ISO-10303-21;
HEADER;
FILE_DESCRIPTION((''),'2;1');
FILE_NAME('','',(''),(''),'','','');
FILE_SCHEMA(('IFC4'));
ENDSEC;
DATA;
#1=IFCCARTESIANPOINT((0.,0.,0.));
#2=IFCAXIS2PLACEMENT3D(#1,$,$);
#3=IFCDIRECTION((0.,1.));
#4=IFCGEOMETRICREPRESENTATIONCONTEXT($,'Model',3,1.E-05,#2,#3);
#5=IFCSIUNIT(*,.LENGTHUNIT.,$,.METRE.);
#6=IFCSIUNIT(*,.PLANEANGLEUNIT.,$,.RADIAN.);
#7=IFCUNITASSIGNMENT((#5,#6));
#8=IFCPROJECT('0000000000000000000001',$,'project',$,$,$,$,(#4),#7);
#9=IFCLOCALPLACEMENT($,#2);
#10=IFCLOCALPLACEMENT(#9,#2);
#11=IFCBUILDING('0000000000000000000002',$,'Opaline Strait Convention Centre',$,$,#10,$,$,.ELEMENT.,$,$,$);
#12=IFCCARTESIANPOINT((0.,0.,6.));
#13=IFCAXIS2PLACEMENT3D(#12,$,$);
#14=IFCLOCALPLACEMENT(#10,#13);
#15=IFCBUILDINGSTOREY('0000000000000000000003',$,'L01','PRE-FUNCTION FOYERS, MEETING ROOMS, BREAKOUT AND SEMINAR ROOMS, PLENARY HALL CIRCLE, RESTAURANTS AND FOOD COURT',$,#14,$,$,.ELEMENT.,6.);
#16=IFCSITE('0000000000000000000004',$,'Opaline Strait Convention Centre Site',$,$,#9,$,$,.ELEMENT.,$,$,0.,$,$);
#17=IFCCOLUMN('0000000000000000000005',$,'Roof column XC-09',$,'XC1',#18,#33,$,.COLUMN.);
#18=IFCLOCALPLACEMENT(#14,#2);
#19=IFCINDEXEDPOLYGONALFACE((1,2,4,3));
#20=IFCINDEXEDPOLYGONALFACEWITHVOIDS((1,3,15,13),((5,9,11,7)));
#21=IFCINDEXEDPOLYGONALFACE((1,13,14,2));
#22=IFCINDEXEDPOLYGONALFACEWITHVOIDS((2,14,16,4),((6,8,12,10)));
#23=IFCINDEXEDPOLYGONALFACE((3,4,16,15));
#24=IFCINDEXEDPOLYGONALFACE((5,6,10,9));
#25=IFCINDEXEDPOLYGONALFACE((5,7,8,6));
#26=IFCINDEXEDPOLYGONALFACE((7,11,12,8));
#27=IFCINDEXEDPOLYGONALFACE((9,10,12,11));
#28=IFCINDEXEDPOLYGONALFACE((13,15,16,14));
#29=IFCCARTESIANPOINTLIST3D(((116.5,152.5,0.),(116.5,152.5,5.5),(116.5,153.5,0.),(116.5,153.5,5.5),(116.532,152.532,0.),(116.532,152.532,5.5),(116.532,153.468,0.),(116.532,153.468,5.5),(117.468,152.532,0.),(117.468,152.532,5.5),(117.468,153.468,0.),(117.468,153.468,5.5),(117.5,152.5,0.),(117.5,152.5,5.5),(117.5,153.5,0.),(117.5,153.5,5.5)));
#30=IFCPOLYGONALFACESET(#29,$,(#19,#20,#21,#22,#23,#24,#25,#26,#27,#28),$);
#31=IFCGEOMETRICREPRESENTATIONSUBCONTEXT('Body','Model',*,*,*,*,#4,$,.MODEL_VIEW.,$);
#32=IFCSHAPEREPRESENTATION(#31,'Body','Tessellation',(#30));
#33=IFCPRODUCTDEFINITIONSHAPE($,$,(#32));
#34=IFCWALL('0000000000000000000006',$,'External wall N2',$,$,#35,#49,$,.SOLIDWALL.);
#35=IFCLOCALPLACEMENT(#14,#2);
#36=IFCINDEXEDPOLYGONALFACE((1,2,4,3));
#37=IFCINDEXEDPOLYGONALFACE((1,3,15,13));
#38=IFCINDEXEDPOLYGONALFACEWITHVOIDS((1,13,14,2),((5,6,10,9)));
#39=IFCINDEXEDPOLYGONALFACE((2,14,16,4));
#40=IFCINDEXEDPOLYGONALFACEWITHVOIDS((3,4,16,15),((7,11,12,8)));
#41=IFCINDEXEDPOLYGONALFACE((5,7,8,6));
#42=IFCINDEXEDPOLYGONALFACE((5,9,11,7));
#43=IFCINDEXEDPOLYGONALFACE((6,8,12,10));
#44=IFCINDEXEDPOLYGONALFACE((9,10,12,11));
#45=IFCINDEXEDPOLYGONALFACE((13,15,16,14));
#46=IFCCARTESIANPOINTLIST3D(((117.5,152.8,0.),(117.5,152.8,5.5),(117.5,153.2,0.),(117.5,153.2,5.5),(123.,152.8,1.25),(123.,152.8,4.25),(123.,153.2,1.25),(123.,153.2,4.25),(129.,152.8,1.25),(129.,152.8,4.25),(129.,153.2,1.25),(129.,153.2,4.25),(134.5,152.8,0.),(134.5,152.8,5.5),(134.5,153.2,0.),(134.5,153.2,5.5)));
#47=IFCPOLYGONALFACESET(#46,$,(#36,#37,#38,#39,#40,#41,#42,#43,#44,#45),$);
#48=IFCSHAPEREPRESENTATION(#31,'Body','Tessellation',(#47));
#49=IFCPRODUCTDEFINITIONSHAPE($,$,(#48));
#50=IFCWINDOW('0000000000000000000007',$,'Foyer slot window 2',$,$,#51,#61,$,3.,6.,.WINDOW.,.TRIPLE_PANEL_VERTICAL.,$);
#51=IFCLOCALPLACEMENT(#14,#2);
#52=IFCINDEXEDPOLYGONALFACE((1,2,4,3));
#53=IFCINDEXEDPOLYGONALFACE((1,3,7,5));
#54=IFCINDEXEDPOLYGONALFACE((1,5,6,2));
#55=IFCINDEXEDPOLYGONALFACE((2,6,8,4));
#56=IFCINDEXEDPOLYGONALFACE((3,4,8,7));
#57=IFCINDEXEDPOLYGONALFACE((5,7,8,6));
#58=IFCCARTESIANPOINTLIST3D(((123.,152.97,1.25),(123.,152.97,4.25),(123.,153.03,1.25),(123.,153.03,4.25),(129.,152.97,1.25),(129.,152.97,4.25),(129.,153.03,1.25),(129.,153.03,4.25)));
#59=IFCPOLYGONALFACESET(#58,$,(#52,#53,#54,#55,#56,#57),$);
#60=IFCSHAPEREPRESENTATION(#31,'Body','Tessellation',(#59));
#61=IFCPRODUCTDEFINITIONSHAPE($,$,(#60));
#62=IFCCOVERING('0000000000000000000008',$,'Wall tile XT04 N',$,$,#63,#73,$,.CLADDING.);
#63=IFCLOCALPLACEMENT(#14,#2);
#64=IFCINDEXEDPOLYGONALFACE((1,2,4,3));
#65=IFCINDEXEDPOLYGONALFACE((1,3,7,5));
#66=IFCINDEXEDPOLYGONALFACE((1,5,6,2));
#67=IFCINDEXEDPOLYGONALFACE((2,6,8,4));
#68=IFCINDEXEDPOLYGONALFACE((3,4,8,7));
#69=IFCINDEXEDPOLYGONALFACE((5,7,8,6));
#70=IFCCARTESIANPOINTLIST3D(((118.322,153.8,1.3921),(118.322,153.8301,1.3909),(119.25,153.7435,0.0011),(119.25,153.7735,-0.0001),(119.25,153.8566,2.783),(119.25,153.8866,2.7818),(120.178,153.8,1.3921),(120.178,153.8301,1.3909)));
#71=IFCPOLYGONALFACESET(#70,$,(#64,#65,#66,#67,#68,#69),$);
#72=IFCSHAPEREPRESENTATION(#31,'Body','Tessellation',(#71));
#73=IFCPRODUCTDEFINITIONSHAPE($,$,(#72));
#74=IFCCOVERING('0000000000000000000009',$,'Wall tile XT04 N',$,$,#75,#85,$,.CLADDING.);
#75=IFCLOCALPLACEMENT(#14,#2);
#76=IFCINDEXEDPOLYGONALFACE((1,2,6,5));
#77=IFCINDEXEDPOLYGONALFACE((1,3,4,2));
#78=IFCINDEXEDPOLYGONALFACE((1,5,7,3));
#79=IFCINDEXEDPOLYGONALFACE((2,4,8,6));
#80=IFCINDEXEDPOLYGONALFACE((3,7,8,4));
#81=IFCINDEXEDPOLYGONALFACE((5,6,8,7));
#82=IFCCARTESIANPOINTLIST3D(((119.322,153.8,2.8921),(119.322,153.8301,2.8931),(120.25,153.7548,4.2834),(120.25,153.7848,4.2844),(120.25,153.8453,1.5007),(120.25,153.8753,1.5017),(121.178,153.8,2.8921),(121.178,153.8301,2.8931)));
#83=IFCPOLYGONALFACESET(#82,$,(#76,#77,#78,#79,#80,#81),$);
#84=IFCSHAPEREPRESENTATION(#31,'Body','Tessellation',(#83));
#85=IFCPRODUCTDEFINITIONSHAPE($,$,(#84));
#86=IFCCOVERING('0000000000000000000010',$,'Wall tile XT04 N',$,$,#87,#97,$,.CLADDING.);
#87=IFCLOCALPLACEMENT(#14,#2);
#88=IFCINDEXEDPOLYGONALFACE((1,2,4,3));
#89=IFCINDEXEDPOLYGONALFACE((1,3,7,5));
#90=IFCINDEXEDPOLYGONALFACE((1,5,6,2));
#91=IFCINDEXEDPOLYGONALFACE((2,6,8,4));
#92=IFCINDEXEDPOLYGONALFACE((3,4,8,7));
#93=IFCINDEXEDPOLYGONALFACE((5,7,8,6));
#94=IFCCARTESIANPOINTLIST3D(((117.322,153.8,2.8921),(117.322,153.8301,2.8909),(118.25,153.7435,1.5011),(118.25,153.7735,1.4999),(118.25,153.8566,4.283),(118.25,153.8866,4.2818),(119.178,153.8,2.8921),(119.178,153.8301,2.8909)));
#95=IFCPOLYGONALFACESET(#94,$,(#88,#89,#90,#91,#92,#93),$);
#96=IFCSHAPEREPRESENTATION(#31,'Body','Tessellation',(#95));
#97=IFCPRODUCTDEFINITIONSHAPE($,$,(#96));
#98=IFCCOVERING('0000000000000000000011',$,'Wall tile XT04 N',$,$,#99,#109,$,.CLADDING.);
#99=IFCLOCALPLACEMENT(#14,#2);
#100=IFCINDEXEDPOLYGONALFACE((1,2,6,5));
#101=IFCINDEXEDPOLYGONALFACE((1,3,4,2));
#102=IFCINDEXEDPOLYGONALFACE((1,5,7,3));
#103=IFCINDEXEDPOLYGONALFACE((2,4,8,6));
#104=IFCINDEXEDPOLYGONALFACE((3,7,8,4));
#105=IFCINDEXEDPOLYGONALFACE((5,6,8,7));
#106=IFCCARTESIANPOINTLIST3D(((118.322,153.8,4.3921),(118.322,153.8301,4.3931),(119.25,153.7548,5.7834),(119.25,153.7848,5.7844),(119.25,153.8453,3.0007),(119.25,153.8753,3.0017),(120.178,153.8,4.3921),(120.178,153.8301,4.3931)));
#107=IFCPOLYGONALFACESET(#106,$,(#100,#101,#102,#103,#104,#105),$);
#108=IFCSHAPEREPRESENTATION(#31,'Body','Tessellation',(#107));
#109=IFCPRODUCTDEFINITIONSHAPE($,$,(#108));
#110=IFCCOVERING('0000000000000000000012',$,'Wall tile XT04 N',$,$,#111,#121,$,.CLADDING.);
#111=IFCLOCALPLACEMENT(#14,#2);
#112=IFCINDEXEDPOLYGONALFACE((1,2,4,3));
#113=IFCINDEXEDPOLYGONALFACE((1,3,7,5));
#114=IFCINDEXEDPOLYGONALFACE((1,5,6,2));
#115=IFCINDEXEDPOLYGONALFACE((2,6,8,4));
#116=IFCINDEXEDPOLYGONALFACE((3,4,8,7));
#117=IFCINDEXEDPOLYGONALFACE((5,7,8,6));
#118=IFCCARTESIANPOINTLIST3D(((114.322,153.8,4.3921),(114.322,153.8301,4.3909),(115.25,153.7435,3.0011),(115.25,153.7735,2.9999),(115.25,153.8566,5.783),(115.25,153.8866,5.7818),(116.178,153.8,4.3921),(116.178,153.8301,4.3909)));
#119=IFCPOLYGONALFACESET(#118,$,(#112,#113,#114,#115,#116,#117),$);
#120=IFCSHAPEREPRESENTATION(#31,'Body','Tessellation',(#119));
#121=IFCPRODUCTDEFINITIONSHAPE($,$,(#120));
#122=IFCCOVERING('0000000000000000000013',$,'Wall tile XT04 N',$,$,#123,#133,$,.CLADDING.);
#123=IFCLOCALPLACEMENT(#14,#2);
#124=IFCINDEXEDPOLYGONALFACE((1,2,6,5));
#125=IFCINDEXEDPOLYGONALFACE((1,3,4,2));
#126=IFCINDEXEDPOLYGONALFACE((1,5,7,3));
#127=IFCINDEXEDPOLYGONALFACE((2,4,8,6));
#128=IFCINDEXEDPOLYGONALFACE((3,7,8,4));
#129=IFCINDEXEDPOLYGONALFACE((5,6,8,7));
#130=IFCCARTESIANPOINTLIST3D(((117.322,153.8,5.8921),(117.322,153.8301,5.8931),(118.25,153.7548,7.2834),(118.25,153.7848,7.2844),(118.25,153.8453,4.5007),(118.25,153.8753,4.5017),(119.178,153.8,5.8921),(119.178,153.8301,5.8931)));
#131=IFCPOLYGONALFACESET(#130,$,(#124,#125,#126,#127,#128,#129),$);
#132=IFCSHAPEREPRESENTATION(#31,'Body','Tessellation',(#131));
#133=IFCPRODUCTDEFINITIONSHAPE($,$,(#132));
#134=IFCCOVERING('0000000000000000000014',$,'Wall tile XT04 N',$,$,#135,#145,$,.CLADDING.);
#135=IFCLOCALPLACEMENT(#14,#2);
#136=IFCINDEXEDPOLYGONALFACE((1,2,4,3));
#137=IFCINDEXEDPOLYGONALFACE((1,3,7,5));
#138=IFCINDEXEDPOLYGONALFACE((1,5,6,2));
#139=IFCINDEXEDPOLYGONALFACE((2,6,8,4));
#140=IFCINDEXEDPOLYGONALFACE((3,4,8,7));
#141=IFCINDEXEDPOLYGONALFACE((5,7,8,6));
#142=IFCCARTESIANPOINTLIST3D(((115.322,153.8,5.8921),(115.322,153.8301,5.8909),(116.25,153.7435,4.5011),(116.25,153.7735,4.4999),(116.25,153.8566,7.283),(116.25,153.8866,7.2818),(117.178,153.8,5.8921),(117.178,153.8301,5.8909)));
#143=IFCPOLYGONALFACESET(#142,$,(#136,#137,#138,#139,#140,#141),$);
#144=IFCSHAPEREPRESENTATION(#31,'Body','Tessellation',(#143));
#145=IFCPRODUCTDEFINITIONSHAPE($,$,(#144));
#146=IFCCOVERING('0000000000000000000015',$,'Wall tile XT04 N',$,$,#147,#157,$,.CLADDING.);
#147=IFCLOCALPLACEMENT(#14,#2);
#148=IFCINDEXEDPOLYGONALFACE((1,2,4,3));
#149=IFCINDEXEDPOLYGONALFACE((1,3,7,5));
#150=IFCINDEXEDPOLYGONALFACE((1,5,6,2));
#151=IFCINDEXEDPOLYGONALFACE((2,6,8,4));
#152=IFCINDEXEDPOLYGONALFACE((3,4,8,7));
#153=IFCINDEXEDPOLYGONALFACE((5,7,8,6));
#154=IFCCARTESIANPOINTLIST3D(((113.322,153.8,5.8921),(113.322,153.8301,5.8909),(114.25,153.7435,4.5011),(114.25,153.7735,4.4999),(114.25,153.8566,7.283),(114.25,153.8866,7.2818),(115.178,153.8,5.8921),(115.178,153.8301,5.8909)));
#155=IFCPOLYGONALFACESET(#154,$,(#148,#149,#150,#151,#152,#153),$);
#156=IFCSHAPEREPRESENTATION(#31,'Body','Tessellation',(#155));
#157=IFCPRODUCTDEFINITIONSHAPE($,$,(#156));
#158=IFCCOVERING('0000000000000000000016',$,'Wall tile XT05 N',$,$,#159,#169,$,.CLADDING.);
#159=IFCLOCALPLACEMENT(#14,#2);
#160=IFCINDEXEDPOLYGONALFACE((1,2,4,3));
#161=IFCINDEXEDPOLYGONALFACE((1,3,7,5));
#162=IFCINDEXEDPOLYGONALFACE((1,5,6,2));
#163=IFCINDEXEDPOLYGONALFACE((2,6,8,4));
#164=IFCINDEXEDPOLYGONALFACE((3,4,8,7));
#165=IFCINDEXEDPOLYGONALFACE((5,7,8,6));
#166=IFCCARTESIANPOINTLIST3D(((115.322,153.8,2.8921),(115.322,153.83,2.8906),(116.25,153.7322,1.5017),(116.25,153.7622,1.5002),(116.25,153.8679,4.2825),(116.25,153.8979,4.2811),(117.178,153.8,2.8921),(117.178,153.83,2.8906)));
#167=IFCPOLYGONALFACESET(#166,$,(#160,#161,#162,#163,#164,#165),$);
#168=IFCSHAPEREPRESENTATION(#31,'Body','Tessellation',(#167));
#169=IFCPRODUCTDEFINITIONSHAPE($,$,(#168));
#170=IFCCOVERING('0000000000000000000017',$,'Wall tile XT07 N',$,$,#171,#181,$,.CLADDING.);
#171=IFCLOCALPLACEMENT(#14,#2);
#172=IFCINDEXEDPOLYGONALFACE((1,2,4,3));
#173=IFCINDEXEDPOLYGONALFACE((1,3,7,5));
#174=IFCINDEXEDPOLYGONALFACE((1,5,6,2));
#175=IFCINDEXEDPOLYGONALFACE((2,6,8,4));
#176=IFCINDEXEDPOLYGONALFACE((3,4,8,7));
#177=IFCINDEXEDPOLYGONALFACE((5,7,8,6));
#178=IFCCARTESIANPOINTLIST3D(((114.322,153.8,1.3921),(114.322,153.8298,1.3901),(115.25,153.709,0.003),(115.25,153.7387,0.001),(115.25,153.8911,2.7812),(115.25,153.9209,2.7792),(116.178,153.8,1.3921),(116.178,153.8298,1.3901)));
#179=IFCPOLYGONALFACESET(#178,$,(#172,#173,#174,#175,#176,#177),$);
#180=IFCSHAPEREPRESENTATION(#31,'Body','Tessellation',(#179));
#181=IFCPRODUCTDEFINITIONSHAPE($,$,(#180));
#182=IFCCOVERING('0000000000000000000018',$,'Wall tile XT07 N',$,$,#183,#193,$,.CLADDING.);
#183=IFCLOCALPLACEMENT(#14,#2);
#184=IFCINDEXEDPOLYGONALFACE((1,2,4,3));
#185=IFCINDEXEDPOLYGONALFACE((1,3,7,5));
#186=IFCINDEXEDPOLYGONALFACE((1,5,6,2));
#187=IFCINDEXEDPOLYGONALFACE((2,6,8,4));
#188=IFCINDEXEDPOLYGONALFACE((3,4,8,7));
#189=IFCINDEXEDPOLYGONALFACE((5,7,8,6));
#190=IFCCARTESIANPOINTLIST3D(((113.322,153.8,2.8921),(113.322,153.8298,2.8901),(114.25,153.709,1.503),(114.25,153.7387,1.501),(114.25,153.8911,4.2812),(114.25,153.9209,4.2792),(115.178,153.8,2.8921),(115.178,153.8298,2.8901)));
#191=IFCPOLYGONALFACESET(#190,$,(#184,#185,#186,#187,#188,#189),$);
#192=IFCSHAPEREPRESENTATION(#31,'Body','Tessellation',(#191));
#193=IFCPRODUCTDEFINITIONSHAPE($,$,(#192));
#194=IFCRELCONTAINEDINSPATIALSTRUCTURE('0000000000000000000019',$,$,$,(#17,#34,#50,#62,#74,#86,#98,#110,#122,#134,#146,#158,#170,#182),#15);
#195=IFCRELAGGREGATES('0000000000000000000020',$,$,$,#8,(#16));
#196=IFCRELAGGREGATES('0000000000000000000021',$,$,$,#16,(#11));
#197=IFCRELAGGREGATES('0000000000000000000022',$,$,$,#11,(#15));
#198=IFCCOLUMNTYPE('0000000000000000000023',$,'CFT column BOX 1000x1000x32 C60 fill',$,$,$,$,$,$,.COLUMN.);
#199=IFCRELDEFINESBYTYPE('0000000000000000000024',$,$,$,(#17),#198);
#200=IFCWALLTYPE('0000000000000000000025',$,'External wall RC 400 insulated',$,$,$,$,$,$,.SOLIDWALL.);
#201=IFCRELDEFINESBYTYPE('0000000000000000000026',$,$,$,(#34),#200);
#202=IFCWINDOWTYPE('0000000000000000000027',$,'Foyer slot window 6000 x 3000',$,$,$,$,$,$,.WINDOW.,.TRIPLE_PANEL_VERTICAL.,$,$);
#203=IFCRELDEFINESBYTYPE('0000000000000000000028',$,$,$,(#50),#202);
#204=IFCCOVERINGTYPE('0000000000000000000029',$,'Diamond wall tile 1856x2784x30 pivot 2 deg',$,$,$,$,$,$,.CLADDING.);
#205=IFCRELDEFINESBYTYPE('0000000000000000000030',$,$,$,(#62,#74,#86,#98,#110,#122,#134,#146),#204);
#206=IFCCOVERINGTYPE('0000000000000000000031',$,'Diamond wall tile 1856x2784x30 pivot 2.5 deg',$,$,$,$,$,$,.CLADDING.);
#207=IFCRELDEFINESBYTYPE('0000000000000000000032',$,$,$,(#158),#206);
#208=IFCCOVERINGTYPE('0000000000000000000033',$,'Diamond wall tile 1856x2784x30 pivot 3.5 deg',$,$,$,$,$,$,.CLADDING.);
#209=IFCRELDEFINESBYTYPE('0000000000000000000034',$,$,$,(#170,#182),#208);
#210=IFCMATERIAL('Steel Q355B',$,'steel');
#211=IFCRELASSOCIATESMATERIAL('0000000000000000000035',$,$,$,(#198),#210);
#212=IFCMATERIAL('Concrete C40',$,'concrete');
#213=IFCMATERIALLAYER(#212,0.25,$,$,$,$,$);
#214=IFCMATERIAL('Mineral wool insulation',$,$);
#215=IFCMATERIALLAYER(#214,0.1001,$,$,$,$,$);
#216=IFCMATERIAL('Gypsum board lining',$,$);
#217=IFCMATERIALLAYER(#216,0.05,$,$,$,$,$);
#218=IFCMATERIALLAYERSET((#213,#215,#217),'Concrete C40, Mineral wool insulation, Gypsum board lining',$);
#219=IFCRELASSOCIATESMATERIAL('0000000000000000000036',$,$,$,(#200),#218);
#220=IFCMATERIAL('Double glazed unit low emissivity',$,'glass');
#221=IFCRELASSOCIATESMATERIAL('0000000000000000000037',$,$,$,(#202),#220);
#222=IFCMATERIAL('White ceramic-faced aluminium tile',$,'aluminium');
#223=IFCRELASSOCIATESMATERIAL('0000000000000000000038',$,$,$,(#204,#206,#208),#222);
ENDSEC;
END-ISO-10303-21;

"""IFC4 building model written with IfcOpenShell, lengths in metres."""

from ifc_helpers import new_model, si_unit, direction, frame, frame_2d, origin, origin_2d, place, context, subcontext, project, spatial, polyline, rectangle, hollow_rectangle, outline, extrude, material, layer, layer_set, material_profile, profile_set, type_object, element, fill, save


model = new_model("IFC4")

# Units and contexts
model_context = context("Model", 3, precision=1e-05, world=origin(), true_north=direction((0.0, 1.0)))
body_context = subcontext(model_context, "Body", "Model", "MODEL_VIEW")
ifc_project = project(units=[si_unit("LENGTHUNIT", "METRE"), si_unit("PLANEANGLEUNIT", "RADIAN")], contexts=[model_context])

# Site, building, storey
site_placement = place(None, origin())
site = spatial("IfcSite", under=ifc_project, at=site_placement, Name="Opaline Strait Convention Centre Site", CompositionType="ELEMENT", RefElevation=0.0)
building_placement = place(site_placement, origin())
building = spatial("IfcBuilding", under=site, at=building_placement, Name="Opaline Strait Convention Centre", CompositionType="ELEMENT")
storey_placement = place(building_placement, frame((0.0, 0.0, 6.0)))
storey = spatial("IfcBuildingStorey", under=building, at=storey_placement, Name="L01", Description="PRE-FUNCTION FOYERS, MEETING ROOMS, BREAKOUT AND SEMINAR ROOMS, PLENARY HALL CIRCLE, RESTAURANTS AND FOOD COURT", CompositionType="ELEMENT", Elevation=6.0)

# Column
ifc_material_1 = material(Name="Steel Q355B", Category="steel")
ifc_material_profile_1 = material_profile(ifc_material_1, hollow_rectangle(XDim=1.0, YDim=1.0, WallThickness=0.032, at=origin_2d()), Name="BOX 1000x1000x32")
ifc_profile_set_1 = profile_set([ifc_material_profile_1], Name="Steel Q355B")
column_type = type_object("IfcColumnType", Name="CFT column BOX 1000x1000x32 C60 fill", PredefinedType="COLUMN", material=ifc_profile_set_1)
column_placement = place(storey_placement, frame((117.0, 153.0, 0.0), z_axis=(0.0, 0.0, 1.0), x_axis=(1.0, 0.0, 0.0)))
element("IfcColumn", 1, at=column_placement, inside=storey, type_object=column_type, Name="Roof column XC-09", ObjectType="XC1", PredefinedType="COLUMN", context=body_context, shape_type="SweptSolid", body=[
    extrude(hollow_rectangle(XDim=1.0, YDim=1.0, WallThickness=0.032, at=origin_2d()), origin(), (0.0, 0.0, 1.0), 5.5),
])

# Wall, opening, window
ifc_material_2 = material(Name="Concrete C40", Category="concrete")
ifc_layer_1 = layer(ifc_material_2, 0.25)
ifc_material_3 = material(Name="Mineral wool insulation")
ifc_layer_2 = layer(ifc_material_3, 0.1001)
ifc_material_4 = material(Name="Gypsum board lining")
ifc_layer_3 = layer(ifc_material_4, 0.05)
ifc_layer_set = layer_set([ifc_layer_1, ifc_layer_2, ifc_layer_3], Name="Concrete C40, Mineral wool insulation, Gypsum board lining")
wall_type = type_object("IfcWallType", Name="External wall RC 400 insulated", PredefinedType="SOLIDWALL", material=ifc_layer_set)
wall_placement = place(storey_placement, frame((117.5, 153.0, 0.0), z_axis=(0.0, 0.0, 1.0), x_axis=(1.0, 0.0, 0.0)))
wall = element("IfcWall", 2, at=wall_placement, inside=storey, type_object=wall_type, Name="External wall N2", PredefinedType="SOLIDWALL", context=body_context, shape_type="SweptSolid", body=[
    extrude(rectangle(XDim=17.0, YDim=0.3999, at=frame_2d((8.5, 0.0))), origin(), (0.0, 0.0, 1.0), 5.5),
])
opening_placement = place(wall_placement, frame((5.5, 0.0, 1.25)))
opening = element("IfcOpeningElement", 3, at=opening_placement, cuts=wall, PredefinedType="OPENING", context=body_context, shape_type="SweptSolid", body=[
    extrude(rectangle(XDim=6.0, YDim=3.0, at=frame_2d((3.0, 1.5))), frame((0.0, 0.21, 0.0), z_axis=(0.0, -1.0, 0.0), x_axis=(1.0, 0.0, 0.0)), (0.0, 0.0, 1.0), 0.4199),
])
ifc_material_5 = material(Name="Double glazed unit low emissivity", Category="glass")
window_type = type_object("IfcWindowType", Name="Foyer slot window 6000 x 3000", PartitioningType="TRIPLE_PANEL_VERTICAL", PredefinedType="WINDOW", material=ifc_material_5)
window_placement = place(opening_placement, origin())
window = element("IfcWindow", 4, at=window_placement, inside=storey, type_object=window_type, Name="Foyer slot window 2", OverallHeight=3.0, OverallWidth=6.0, PartitioningType="TRIPLE_PANEL_VERTICAL", PredefinedType="WINDOW", context=body_context, shape_type="SweptSolid", body=[
    extrude(rectangle(XDim=6.0, YDim=3.0, at=frame_2d((3.0, 1.5))), frame((0.0, 0.03, 0.0), z_axis=(0.0, -1.0, 0.0), x_axis=(1.0, 0.0, 0.0)), (0.0, 0.0, 1.0), 0.0601),
])
fill(opening, window)

# Coverings
ifc_material_6 = material(Name="White ceramic-faced aluminium tile", Category="aluminium")
ifc_material_profile_2 = material_profile(ifc_material_6, outline(polyline([(0.928, 0.0), (0.0, 1.3921), (-0.928, 0.0), (0.0, -1.3921), (0.928, 0.0)])), Name="Diamond tile 1856x2784")
ifc_profile_set_2 = profile_set([ifc_material_profile_2], Name="White ceramic-faced aluminium tile")
covering_type_1 = type_object("IfcCoveringType", Name="Diamond wall tile 1856x2784x30 pivot 2 deg", PredefinedType="CLADDING", material=ifc_profile_set_2)
for number, where, z_axis, x_axis, name in (
    (5, (119.25, 153.8, 1.3921), (0.0, 0.999175, -0.040617), (-1.0, 0.0, 0.0), "Wall tile XT04 N"),
    (6, (120.25, 153.8, 2.8921), (0.0, 0.999472, 0.032503), (-1.0, 0.0, 0.0), "Wall tile XT04 N"),
    (7, (118.25, 153.8, 2.8921), (0.0, 0.999175, -0.040617), (-1.0, 0.0, 0.0), "Wall tile XT04 N"),
    (8, (119.25, 153.8, 4.3921), (0.0, 0.999472, 0.032503), (-1.0, 0.0, 0.0), "Wall tile XT04 N"),
    (9, (115.25, 153.8, 4.3921), (0.0, 0.999175, -0.040617), (-1.0, 0.0, 0.0), "Wall tile XT04 N"),
    (10, (118.25, 153.8, 5.8921), (0.0, 0.999472, 0.032503), (-1.0, 0.0, 0.0), "Wall tile XT04 N"),
    (11, (116.25, 153.8, 5.8921), (0.0, 0.999175, -0.040617), (-1.0, 0.0, 0.0), "Wall tile XT04 N"),
    (12, (114.25, 153.8, 5.8921), (0.0, 0.999175, -0.040617), (-1.0, 0.0, 0.0), "Wall tile XT04 N"),
):
    element("IfcCovering", number, at=place(storey_placement, frame(where, z_axis=z_axis, x_axis=x_axis)), inside=storey, type_object=covering_type_1, Name=name, PredefinedType="CLADDING", context=body_context, shape_type="SweptSolid", body=[
        extrude(outline(polyline([(0.928, 0.0), (0.0, 1.3921), (-0.928, 0.0), (0.0, -1.3921), (0.928, 0.0)])), origin(), (0.0, 0.0, 1.0), 0.03),
    ])
ifc_material_profile_3 = material_profile(ifc_material_6, outline(polyline([(0.928, 0.0), (0.0, 1.3921), (-0.928, 0.0), (0.0, -1.3921), (0.928, 0.0)])), Name="Diamond tile 1856x2784")
ifc_profile_set_3 = profile_set([ifc_material_profile_3], Name="White ceramic-faced aluminium tile")
covering_type_2 = type_object("IfcCoveringType", Name="Diamond wall tile 1856x2784x30 pivot 2.5 deg", PredefinedType="CLADDING", material=ifc_profile_set_3)
covering_placement = place(storey_placement, frame((116.25, 153.8, 2.8921), z_axis=(0.0, 0.998812, -0.048723), x_axis=(-1.0, 0.0, 0.0)))
element("IfcCovering", 13, at=covering_placement, inside=storey, type_object=covering_type_2, Name="Wall tile XT05 N", PredefinedType="CLADDING", context=body_context, shape_type="SweptSolid", body=[
    extrude(outline(polyline([(0.928, 0.0), (0.0, 1.3921), (-0.928, 0.0), (0.0, -1.3921), (0.928, 0.0)])), origin(), (0.0, 0.0, 1.0), 0.03),
])
ifc_material_profile_4 = material_profile(ifc_material_6, outline(polyline([(0.928, 0.0), (0.0, 1.3921), (-0.928, 0.0), (0.0, -1.3921), (0.928, 0.0)])), Name="Diamond tile 1856x2784")
ifc_profile_set_4 = profile_set([ifc_material_profile_4], Name="White ceramic-faced aluminium tile")
covering_type_3 = type_object("IfcCoveringType", Name="Diamond wall tile 1856x2784x30 pivot 3.5 deg", PredefinedType="CLADDING", material=ifc_profile_set_4)
for number, where, z_axis, x_axis, name in (
    (14, (115.25, 153.8, 1.3921), (0.0, 0.997857, -0.065433), (-1.0, 0.0, 0.0), "Wall tile XT07 N"),
    (15, (114.25, 153.8, 2.8921), (0.0, 0.997857, -0.065433), (-1.0, 0.0, 0.0), "Wall tile XT07 N"),
):
    element("IfcCovering", number, at=place(storey_placement, frame(where, z_axis=z_axis, x_axis=x_axis)), inside=storey, type_object=covering_type_3, Name=name, PredefinedType="CLADDING", context=body_context, shape_type="SweptSolid", body=[
        extrude(outline(polyline([(0.928, 0.0), (0.0, 1.3921), (-0.928, 0.0), (0.0, -1.3921), (0.928, 0.0)])), origin(), (0.0, 0.0, 1.0), 0.0298),
    ])

save(model, "model.ifc")
